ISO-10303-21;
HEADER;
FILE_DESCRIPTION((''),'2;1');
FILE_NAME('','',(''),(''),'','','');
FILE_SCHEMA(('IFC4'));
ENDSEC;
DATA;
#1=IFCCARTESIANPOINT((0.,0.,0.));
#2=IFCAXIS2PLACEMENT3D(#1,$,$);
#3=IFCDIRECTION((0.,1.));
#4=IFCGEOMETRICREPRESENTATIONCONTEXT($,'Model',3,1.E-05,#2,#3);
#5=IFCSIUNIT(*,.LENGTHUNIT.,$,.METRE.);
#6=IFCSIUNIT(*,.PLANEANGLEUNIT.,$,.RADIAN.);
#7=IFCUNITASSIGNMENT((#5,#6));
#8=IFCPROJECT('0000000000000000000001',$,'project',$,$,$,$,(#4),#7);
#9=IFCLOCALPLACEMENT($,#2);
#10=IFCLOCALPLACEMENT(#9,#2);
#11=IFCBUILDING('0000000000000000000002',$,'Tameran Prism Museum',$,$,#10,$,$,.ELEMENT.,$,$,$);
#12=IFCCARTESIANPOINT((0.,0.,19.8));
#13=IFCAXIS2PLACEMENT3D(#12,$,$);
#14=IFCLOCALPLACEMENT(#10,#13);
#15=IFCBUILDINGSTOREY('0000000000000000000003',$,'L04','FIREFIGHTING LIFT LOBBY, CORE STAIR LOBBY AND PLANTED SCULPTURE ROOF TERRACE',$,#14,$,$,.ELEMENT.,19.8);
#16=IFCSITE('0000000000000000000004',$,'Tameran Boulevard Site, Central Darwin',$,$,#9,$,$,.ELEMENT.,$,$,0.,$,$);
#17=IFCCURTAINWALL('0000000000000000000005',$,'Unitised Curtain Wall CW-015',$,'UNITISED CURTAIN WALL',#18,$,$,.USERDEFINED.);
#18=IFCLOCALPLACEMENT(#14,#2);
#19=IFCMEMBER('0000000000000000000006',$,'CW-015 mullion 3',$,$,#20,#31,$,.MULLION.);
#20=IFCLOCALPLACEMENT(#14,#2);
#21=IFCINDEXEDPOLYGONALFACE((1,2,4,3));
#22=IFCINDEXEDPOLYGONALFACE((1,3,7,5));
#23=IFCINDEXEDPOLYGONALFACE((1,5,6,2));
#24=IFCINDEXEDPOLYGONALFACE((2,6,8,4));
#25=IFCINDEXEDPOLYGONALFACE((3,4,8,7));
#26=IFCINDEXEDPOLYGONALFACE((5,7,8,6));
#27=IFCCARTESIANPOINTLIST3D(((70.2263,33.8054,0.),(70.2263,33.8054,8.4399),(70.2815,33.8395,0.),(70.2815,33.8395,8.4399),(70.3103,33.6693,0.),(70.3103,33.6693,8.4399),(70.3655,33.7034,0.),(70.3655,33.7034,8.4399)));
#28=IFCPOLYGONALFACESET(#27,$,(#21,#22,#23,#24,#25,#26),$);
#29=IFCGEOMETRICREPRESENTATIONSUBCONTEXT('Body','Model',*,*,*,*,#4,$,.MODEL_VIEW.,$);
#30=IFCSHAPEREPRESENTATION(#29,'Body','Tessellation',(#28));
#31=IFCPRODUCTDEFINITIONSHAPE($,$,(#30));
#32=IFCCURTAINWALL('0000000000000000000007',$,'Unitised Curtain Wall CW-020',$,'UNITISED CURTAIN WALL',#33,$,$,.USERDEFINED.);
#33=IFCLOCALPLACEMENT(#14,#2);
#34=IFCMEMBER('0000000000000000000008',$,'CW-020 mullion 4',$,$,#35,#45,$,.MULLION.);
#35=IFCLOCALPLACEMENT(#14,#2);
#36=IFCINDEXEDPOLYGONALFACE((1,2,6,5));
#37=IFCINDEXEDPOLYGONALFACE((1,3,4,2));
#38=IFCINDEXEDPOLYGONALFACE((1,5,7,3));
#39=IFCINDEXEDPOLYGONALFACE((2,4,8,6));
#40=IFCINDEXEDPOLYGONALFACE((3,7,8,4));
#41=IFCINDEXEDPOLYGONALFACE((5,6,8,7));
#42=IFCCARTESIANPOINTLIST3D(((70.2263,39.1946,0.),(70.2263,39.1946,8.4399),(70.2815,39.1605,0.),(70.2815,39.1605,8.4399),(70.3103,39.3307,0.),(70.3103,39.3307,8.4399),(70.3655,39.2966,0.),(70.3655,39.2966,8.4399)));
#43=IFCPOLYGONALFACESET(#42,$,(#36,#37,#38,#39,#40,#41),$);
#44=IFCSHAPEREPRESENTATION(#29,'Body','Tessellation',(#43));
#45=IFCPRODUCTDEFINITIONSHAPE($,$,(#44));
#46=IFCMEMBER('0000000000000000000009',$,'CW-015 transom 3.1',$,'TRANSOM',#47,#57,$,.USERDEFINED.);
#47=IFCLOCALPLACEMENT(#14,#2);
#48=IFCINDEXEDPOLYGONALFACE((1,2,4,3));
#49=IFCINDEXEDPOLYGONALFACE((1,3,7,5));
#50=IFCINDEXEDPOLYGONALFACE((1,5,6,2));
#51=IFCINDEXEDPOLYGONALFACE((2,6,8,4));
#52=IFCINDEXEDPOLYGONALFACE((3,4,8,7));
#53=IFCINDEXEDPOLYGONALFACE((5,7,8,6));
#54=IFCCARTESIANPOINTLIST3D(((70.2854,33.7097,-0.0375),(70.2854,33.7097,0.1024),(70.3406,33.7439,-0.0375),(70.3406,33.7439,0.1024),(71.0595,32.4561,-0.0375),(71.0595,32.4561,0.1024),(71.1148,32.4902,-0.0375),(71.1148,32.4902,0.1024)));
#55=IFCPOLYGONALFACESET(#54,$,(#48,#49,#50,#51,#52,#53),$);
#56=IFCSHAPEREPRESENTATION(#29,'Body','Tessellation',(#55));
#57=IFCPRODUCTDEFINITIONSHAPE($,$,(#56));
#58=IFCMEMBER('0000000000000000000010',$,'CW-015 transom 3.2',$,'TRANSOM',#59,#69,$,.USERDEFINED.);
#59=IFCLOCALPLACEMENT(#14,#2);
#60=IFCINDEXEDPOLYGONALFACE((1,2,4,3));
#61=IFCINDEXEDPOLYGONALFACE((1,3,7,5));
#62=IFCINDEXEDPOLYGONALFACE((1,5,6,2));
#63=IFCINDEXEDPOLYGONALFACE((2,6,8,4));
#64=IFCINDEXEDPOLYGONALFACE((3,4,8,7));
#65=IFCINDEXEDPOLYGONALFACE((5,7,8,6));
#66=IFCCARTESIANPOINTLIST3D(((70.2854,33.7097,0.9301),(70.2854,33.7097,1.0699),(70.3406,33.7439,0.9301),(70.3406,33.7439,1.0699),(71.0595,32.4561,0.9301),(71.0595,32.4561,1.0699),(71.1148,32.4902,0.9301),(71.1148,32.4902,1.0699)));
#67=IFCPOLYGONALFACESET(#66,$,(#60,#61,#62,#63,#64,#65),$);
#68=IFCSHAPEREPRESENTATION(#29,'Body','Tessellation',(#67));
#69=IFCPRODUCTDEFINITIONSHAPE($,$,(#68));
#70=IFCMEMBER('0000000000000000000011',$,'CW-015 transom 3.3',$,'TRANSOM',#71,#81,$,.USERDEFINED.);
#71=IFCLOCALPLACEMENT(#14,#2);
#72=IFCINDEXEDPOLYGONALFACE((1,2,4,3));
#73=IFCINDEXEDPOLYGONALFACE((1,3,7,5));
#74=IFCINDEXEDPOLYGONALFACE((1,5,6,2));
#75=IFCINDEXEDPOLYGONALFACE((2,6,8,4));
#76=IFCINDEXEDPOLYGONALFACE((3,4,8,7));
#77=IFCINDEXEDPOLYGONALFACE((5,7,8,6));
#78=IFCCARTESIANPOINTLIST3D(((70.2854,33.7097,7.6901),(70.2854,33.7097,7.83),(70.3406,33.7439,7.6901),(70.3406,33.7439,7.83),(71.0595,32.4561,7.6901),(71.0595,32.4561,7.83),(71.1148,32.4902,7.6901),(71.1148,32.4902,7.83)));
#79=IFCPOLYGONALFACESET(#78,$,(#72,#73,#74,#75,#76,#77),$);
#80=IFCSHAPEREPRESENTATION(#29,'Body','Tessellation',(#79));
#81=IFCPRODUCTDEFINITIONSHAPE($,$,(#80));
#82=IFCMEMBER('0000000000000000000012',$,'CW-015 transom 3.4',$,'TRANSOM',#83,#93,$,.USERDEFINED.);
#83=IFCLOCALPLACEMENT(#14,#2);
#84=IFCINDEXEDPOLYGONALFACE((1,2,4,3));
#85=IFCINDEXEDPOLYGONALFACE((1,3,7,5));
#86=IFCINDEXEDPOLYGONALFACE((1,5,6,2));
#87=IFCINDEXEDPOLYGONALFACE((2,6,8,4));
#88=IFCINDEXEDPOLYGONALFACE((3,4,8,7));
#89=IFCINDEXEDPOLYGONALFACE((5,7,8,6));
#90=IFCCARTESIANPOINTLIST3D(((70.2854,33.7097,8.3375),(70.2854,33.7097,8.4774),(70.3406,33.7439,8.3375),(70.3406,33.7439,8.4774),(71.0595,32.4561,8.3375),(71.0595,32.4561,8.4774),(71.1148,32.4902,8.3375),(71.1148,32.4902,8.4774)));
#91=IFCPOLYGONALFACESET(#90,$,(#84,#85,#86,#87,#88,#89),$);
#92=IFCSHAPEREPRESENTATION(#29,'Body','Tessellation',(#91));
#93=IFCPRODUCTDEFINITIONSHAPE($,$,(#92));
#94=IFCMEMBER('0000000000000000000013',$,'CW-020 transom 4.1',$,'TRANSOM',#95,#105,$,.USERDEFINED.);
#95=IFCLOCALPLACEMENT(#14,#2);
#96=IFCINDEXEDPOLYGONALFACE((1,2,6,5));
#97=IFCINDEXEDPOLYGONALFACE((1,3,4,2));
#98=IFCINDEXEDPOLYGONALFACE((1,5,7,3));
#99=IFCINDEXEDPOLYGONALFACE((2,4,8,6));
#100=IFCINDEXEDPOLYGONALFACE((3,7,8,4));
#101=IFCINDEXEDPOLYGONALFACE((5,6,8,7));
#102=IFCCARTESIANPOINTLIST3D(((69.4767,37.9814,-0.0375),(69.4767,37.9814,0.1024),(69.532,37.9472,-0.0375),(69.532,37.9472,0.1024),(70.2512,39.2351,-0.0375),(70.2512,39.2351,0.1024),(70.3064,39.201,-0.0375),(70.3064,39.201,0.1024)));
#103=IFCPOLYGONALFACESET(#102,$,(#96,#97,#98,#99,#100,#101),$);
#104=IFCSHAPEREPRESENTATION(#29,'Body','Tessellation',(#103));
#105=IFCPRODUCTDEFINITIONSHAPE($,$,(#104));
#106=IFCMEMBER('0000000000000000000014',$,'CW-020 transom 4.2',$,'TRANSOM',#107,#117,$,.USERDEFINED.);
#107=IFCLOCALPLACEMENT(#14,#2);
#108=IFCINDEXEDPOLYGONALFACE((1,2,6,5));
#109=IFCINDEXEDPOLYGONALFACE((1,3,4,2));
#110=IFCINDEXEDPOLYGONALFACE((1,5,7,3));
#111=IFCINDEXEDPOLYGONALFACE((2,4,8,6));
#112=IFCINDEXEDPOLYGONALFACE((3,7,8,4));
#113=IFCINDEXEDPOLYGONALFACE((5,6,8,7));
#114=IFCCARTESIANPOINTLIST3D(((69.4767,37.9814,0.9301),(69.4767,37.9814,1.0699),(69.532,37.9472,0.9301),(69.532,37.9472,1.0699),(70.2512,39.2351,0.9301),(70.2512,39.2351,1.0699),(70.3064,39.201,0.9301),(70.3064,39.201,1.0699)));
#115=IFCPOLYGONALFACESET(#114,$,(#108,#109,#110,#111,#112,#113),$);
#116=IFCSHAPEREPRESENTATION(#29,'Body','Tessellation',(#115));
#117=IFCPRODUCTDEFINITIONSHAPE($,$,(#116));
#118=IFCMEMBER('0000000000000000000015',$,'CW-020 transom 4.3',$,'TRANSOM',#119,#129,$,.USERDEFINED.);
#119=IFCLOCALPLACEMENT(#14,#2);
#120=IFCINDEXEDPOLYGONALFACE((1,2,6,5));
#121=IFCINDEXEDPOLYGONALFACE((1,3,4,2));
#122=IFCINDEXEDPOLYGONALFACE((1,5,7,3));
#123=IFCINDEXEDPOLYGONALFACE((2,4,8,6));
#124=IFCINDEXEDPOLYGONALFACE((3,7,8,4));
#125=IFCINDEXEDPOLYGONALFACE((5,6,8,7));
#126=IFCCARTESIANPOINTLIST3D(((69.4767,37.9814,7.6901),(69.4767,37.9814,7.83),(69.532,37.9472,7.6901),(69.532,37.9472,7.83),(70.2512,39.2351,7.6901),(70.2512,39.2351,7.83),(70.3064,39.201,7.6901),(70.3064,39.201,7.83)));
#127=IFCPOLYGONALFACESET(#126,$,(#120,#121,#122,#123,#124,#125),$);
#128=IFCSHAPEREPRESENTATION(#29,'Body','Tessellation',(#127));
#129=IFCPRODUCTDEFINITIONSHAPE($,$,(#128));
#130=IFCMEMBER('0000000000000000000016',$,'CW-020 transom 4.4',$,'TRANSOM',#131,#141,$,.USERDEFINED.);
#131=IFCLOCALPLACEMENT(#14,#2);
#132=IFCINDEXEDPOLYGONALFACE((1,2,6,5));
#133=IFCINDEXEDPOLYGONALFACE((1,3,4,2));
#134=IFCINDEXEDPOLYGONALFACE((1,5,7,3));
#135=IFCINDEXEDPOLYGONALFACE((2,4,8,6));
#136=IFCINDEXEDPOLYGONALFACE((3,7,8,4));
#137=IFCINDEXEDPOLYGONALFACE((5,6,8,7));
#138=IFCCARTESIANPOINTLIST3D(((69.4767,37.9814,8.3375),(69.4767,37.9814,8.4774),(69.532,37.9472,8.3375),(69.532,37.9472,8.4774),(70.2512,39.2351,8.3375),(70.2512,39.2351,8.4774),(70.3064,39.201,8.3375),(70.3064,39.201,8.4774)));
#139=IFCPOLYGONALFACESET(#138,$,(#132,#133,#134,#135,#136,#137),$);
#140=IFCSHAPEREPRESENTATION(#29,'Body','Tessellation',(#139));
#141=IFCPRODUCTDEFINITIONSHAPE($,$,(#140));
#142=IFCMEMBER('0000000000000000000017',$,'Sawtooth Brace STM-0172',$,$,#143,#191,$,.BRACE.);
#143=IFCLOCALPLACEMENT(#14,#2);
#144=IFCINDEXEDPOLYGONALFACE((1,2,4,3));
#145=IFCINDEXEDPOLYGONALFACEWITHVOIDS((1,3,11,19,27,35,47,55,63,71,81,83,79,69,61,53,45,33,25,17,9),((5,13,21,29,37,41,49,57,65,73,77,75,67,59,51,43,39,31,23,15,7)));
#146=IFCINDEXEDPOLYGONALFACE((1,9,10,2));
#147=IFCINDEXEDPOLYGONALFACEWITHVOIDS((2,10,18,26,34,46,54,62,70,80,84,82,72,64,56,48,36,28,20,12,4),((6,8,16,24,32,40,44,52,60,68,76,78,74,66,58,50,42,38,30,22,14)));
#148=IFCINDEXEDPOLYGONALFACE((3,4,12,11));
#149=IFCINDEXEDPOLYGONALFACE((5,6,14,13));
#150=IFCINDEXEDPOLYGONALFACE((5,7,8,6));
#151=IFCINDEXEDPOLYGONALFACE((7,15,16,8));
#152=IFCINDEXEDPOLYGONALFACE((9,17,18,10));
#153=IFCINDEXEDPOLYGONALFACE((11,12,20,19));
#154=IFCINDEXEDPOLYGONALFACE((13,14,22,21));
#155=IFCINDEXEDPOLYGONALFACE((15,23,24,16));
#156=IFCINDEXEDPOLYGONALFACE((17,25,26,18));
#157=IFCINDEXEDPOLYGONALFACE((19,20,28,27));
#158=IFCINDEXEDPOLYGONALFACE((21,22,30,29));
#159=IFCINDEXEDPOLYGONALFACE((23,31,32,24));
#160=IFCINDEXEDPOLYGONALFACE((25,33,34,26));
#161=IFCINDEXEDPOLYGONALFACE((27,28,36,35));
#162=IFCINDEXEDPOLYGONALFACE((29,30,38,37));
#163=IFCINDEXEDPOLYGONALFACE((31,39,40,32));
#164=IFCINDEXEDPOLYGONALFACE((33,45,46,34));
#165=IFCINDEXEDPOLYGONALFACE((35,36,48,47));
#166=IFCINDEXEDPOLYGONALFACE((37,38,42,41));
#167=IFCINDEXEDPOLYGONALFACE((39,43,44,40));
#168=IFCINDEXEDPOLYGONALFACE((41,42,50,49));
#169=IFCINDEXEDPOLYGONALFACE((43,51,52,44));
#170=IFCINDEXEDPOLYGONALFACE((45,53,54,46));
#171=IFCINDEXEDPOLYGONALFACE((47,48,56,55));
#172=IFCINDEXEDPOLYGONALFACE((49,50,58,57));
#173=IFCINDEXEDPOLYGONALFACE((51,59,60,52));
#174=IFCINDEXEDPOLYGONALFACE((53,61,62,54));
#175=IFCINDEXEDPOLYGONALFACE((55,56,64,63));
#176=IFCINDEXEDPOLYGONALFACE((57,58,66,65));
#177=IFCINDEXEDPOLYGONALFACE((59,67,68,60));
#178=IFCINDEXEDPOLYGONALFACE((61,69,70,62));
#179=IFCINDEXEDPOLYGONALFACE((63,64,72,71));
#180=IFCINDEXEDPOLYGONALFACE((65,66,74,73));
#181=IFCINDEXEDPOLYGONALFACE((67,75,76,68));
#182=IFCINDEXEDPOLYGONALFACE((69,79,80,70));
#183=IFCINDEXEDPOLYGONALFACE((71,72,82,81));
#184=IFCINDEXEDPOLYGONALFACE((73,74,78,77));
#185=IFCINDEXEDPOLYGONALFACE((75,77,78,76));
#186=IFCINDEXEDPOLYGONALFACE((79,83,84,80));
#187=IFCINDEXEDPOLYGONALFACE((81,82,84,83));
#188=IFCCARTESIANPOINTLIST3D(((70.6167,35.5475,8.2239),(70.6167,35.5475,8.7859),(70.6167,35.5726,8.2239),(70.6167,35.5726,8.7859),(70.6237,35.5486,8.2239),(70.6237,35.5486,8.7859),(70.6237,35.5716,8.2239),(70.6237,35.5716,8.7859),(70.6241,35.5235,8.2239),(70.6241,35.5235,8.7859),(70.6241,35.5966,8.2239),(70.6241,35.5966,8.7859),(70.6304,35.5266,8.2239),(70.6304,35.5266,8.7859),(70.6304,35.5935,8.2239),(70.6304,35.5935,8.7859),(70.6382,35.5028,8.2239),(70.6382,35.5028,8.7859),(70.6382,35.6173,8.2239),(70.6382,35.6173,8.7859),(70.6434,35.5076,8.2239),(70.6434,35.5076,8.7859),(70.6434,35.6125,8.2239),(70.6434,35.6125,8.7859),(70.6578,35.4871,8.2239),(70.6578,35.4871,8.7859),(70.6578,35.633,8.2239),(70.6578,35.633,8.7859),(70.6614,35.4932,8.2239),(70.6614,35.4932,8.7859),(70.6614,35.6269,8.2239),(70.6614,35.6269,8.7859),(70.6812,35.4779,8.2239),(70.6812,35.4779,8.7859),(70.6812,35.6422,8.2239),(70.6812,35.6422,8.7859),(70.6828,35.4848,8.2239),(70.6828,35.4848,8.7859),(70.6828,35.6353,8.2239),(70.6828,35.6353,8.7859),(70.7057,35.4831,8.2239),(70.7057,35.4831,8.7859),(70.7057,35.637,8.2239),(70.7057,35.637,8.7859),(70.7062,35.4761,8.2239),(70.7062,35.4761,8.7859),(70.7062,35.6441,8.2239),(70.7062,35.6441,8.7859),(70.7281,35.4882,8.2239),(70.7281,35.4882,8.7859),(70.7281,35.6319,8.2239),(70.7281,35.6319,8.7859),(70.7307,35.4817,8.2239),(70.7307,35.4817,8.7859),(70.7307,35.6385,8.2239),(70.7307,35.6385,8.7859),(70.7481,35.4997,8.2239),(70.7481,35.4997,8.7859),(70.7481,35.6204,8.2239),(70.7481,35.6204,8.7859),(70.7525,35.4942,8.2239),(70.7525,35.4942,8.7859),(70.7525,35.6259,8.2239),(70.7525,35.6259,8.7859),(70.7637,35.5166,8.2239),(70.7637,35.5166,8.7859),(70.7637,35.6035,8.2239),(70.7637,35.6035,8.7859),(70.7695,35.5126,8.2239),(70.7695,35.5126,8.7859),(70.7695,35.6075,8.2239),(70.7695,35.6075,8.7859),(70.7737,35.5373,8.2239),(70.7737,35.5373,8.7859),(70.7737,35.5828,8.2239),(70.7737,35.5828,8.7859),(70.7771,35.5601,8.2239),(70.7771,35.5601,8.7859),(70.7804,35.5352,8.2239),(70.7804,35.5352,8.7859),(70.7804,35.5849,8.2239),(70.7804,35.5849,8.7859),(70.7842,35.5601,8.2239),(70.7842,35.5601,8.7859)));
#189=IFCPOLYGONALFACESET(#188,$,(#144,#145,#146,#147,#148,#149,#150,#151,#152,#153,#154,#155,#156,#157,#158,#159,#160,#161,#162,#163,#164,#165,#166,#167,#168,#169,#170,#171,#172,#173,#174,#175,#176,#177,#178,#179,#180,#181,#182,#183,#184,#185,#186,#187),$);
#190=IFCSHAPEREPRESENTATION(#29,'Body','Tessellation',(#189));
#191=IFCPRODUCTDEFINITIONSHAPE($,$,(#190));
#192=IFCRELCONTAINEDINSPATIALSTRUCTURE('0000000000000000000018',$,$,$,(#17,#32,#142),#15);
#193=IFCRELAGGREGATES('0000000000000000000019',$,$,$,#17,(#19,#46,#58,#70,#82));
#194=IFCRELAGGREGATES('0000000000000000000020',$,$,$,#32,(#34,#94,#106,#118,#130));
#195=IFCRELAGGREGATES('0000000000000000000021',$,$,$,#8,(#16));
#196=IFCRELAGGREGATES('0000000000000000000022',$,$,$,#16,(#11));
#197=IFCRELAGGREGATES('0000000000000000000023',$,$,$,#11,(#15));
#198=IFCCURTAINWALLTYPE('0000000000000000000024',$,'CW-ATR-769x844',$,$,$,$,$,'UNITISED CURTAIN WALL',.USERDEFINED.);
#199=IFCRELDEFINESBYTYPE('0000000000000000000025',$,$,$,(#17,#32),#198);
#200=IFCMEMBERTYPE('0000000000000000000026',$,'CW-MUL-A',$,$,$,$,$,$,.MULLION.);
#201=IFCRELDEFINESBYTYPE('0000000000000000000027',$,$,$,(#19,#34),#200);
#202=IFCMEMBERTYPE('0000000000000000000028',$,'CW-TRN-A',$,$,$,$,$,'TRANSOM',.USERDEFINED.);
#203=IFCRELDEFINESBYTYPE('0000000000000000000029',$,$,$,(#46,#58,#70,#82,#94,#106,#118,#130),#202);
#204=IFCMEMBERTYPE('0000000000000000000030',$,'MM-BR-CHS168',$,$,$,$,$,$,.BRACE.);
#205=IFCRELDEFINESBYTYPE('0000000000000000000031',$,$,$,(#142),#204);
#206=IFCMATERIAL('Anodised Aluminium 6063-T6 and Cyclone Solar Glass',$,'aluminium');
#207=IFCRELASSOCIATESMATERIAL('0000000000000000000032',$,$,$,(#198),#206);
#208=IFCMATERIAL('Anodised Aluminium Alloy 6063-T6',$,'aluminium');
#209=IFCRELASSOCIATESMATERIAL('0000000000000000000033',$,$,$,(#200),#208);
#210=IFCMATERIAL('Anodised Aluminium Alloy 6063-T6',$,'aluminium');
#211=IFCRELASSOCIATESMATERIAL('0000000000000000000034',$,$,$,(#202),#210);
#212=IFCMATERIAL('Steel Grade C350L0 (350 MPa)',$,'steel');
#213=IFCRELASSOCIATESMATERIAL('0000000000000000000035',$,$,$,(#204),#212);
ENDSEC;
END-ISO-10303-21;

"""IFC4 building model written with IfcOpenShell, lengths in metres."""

from ifc_helpers import new_model, si_unit, direction, frame, origin, origin_2d, place, context, subcontext, project, spatial, rectangle, hollow_circle, extrude, material, material_profile, profile_set, type_object, element, aggregate, save


model = new_model("IFC4")

# Units and contexts
model_context = context("Model", 3, precision=1e-05, world=origin(), true_north=direction((0.0, 1.0)))
body_context = subcontext(model_context, "Body", "Model", "MODEL_VIEW")
ifc_project = project(units=[si_unit("LENGTHUNIT", "METRE"), si_unit("PLANEANGLEUNIT", "RADIAN")], contexts=[model_context])

# Site, building, storey
site_placement = place(None, origin())
site = spatial("IfcSite", under=ifc_project, at=site_placement, Name="Tameran Boulevard Site, Central Darwin", CompositionType="ELEMENT", RefElevation=0.0)
building_placement = place(site_placement, origin())
building = spatial("IfcBuilding", under=site, at=building_placement, Name="Tameran Prism Museum", CompositionType="ELEMENT")
storey_placement = place(building_placement, frame((0.0, 0.0, 19.8)))
storey = spatial("IfcBuildingStorey", under=building, at=storey_placement, Name="L04", Description="FIREFIGHTING LIFT LOBBY, CORE STAIR LOBBY AND PLANTED SCULPTURE ROOF TERRACE", CompositionType="ELEMENT", Elevation=19.8)

# Curtain walls, members
ifc_material_1 = material(Name="Anodised Aluminium 6063-T6 and Cyclone Solar Glass", Category="aluminium")
curtain_wall_type = type_object("IfcCurtainWallType", Name="CW-ATR-769x844", ElementType="UNITISED CURTAIN WALL", PredefinedType="USERDEFINED", material=ifc_material_1)
curtain_wall_1_placement = place(storey_placement, origin())
curtain_wall_1 = element("IfcCurtainWall", 1, at=curtain_wall_1_placement, inside=storey, type_object=curtain_wall_type, Name="Unitised Curtain Wall CW-015", ObjectType="UNITISED CURTAIN WALL", PredefinedType="USERDEFINED")
ifc_material_2 = material(Name="Anodised Aluminium Alloy 6063-T6", Category="aluminium")
ifc_material_profile_1 = material_profile(ifc_material_2, rectangle(XDim=0.0649, YDim=0.1599, at=origin_2d()))
ifc_profile_set_1 = profile_set([ifc_material_profile_1])
member_type_1 = type_object("IfcMemberType", Name="CW-MUL-A", PredefinedType="MULLION", material=ifc_profile_set_1)
member_1_placement = place(storey_placement, frame((70.2959, 33.7544, 0.0), z_axis=(0.0, 0.0, 1.0), x_axis=(0.850791, 0.525504, 0.0)))
member_1 = element("IfcMember", 2, at=member_1_placement, type_object=member_type_1, Name="CW-015 mullion 3", PredefinedType="MULLION", context=body_context, shape_type="SweptSolid", body=[
    extrude(rectangle(XDim=0.0649, YDim=0.1599, at=origin_2d()), origin(), (0.0, 0.0, 1.0), 8.4399),
])
curtain_wall_2_placement = place(storey_placement, origin())
curtain_wall_2 = element("IfcCurtainWall", 3, at=curtain_wall_2_placement, inside=storey, type_object=curtain_wall_type, Name="Unitised Curtain Wall CW-020", ObjectType="UNITISED CURTAIN WALL", PredefinedType="USERDEFINED")
member_2_placement = place(storey_placement, frame((70.2959, 39.2456, 0.0), z_axis=(0.0, 0.0, 1.0), x_axis=(0.850791, -0.525504, 0.0)))
member_2 = element("IfcMember", 4, at=member_2_placement, type_object=member_type_1, Name="CW-020 mullion 4", PredefinedType="MULLION", context=body_context, shape_type="SweptSolid", body=[
    extrude(rectangle(XDim=0.0649, YDim=0.1599, at=origin_2d()), origin(), (0.0, 0.0, 1.0), 8.4399),
])

# Members
ifc_material_3 = material(Name="Anodised Aluminium Alloy 6063-T6", Category="aluminium")
ifc_material_profile_2 = material_profile(ifc_material_3, rectangle(XDim=0.0649, YDim=0.1399, at=origin_2d()))
ifc_profile_set_2 = profile_set([ifc_material_profile_2])
member_type_2 = type_object("IfcMemberType", Name="CW-TRN-A", ElementType="TRANSOM", PredefinedType="USERDEFINED", material=ifc_profile_set_2)
member_3_placement = place(storey_placement, frame((70.313, 33.7268, 0.0325), z_axis=(0.525419, -0.850844, 0.0), x_axis=(0.850844, 0.525419, 0.0)))
member_3 = element("IfcMember", 5, at=member_3_placement, type_object=member_type_2, Name="CW-015 transom 3.1", ObjectType="TRANSOM", PredefinedType="USERDEFINED", context=body_context, shape_type="SweptSolid", body=[
    extrude(rectangle(XDim=0.0649, YDim=0.1399, at=origin_2d()), origin(), (0.0, 0.0, 1.0), 1.4734),
])
member_4_placement = place(storey_placement, frame((70.313, 33.7268, 1.0), z_axis=(0.525419, -0.850844, 0.0), x_axis=(0.850844, 0.525419, 0.0)))
member_4 = element("IfcMember", 6, at=member_4_placement, type_object=member_type_2, Name="CW-015 transom 3.2", ObjectType="TRANSOM", PredefinedType="USERDEFINED", context=body_context, shape_type="SweptSolid", body=[
    extrude(rectangle(XDim=0.0649, YDim=0.1399, at=origin_2d()), origin(), (0.0, 0.0, 1.0), 1.4734),
])
member_5_placement = place(storey_placement, frame((70.313, 33.7268, 7.76), z_axis=(0.525419, -0.850844, 0.0), x_axis=(0.850844, 0.525419, 0.0)))
member_5 = element("IfcMember", 7, at=member_5_placement, type_object=member_type_2, Name="CW-015 transom 3.3", ObjectType="TRANSOM", PredefinedType="USERDEFINED", context=body_context, shape_type="SweptSolid", body=[
    extrude(rectangle(XDim=0.0649, YDim=0.1399, at=origin_2d()), origin(), (0.0, 0.0, 1.0), 1.4734),
])
member_6_placement = place(storey_placement, frame((70.313, 33.7268, 8.4075), z_axis=(0.525419, -0.850844, 0.0), x_axis=(0.850844, 0.525419, 0.0)))
member_6 = element("IfcMember", 8, at=member_6_placement, type_object=member_type_2, Name="CW-015 transom 3.4", ObjectType="TRANSOM", PredefinedType="USERDEFINED", context=body_context, shape_type="SweptSolid", body=[
    extrude(rectangle(XDim=0.0649, YDim=0.1399, at=origin_2d()), origin(), (0.0, 0.0, 1.0), 1.4734),
])
member_7_placement = place(storey_placement, frame((70.2788, 39.218, 0.0325), z_axis=(-0.525539, -0.85077, 0.0), x_axis=(0.85077, -0.525539, 0.0)))
member_7 = element("IfcMember", 9, at=member_7_placement, type_object=member_type_2, Name="CW-020 transom 4.1", ObjectType="TRANSOM", PredefinedType="USERDEFINED", context=body_context, shape_type="SweptSolid", body=[
    extrude(rectangle(XDim=0.0649, YDim=0.1399, at=origin_2d()), origin(), (0.0, 0.0, 1.0), 1.4736),
])
member_8_placement = place(storey_placement, frame((70.2788, 39.218, 1.0), z_axis=(-0.525539, -0.85077, 0.0), x_axis=(0.85077, -0.525539, 0.0)))
member_8 = element("IfcMember", 10, at=member_8_placement, type_object=member_type_2, Name="CW-020 transom 4.2", ObjectType="TRANSOM", PredefinedType="USERDEFINED", context=body_context, shape_type="SweptSolid", body=[
    extrude(rectangle(XDim=0.0649, YDim=0.1399, at=origin_2d()), origin(), (0.0, 0.0, 1.0), 1.4736),
])
member_9_placement = place(storey_placement, frame((70.2788, 39.218, 7.76), z_axis=(-0.525539, -0.85077, 0.0), x_axis=(0.85077, -0.525539, 0.0)))
member_9 = element("IfcMember", 11, at=member_9_placement, type_object=member_type_2, Name="CW-020 transom 4.3", ObjectType="TRANSOM", PredefinedType="USERDEFINED", context=body_context, shape_type="SweptSolid", body=[
    extrude(rectangle(XDim=0.0649, YDim=0.1399, at=origin_2d()), origin(), (0.0, 0.0, 1.0), 1.4736),
])
member_10_placement = place(storey_placement, frame((70.2788, 39.218, 8.4075), z_axis=(-0.525539, -0.85077, 0.0), x_axis=(0.85077, -0.525539, 0.0)))
member_10 = element("IfcMember", 12, at=member_10_placement, type_object=member_type_2, Name="CW-020 transom 4.4", ObjectType="TRANSOM", PredefinedType="USERDEFINED", context=body_context, shape_type="SweptSolid", body=[
    extrude(rectangle(XDim=0.0649, YDim=0.1399, at=origin_2d()), origin(), (0.0, 0.0, 1.0), 1.4736),
])

# Member
ifc_material_4 = material(Name="Steel Grade C350L0 (350 MPa)", Category="steel")
ifc_material_profile_3 = material_profile(ifc_material_4, hollow_circle(Radius=0.0842, WallThickness=0.0071, at=origin_2d()))
ifc_profile_set_3 = profile_set([ifc_material_profile_3])
member_type_3 = type_object("IfcMemberType", Name="MM-BR-CHS168", PredefinedType="BRACE", material=ifc_profile_set_3)
member_11_placement = place(storey_placement, frame((70.7, 35.5601, 8.7859), z_axis=(0.0, 0.0, -1.0), x_axis=(1.0, 0.0, 0.0)))
element("IfcMember", 13, at=member_11_placement, inside=storey, type_object=member_type_3, Name="Sawtooth Brace STM-0172", PredefinedType="BRACE", context=body_context, shape_type="SweptSolid", body=[
    extrude(hollow_circle(Radius=0.0842, WallThickness=0.0071, at=origin_2d()), origin(), (0.0, 0.0, 1.0), 0.562),
])

aggregate(curtain_wall_1, [member_1, member_3, member_4, member_5, member_6])
aggregate(curtain_wall_2, [member_2, member_7, member_8, member_9, member_10])

save(model, "model.ifc")
